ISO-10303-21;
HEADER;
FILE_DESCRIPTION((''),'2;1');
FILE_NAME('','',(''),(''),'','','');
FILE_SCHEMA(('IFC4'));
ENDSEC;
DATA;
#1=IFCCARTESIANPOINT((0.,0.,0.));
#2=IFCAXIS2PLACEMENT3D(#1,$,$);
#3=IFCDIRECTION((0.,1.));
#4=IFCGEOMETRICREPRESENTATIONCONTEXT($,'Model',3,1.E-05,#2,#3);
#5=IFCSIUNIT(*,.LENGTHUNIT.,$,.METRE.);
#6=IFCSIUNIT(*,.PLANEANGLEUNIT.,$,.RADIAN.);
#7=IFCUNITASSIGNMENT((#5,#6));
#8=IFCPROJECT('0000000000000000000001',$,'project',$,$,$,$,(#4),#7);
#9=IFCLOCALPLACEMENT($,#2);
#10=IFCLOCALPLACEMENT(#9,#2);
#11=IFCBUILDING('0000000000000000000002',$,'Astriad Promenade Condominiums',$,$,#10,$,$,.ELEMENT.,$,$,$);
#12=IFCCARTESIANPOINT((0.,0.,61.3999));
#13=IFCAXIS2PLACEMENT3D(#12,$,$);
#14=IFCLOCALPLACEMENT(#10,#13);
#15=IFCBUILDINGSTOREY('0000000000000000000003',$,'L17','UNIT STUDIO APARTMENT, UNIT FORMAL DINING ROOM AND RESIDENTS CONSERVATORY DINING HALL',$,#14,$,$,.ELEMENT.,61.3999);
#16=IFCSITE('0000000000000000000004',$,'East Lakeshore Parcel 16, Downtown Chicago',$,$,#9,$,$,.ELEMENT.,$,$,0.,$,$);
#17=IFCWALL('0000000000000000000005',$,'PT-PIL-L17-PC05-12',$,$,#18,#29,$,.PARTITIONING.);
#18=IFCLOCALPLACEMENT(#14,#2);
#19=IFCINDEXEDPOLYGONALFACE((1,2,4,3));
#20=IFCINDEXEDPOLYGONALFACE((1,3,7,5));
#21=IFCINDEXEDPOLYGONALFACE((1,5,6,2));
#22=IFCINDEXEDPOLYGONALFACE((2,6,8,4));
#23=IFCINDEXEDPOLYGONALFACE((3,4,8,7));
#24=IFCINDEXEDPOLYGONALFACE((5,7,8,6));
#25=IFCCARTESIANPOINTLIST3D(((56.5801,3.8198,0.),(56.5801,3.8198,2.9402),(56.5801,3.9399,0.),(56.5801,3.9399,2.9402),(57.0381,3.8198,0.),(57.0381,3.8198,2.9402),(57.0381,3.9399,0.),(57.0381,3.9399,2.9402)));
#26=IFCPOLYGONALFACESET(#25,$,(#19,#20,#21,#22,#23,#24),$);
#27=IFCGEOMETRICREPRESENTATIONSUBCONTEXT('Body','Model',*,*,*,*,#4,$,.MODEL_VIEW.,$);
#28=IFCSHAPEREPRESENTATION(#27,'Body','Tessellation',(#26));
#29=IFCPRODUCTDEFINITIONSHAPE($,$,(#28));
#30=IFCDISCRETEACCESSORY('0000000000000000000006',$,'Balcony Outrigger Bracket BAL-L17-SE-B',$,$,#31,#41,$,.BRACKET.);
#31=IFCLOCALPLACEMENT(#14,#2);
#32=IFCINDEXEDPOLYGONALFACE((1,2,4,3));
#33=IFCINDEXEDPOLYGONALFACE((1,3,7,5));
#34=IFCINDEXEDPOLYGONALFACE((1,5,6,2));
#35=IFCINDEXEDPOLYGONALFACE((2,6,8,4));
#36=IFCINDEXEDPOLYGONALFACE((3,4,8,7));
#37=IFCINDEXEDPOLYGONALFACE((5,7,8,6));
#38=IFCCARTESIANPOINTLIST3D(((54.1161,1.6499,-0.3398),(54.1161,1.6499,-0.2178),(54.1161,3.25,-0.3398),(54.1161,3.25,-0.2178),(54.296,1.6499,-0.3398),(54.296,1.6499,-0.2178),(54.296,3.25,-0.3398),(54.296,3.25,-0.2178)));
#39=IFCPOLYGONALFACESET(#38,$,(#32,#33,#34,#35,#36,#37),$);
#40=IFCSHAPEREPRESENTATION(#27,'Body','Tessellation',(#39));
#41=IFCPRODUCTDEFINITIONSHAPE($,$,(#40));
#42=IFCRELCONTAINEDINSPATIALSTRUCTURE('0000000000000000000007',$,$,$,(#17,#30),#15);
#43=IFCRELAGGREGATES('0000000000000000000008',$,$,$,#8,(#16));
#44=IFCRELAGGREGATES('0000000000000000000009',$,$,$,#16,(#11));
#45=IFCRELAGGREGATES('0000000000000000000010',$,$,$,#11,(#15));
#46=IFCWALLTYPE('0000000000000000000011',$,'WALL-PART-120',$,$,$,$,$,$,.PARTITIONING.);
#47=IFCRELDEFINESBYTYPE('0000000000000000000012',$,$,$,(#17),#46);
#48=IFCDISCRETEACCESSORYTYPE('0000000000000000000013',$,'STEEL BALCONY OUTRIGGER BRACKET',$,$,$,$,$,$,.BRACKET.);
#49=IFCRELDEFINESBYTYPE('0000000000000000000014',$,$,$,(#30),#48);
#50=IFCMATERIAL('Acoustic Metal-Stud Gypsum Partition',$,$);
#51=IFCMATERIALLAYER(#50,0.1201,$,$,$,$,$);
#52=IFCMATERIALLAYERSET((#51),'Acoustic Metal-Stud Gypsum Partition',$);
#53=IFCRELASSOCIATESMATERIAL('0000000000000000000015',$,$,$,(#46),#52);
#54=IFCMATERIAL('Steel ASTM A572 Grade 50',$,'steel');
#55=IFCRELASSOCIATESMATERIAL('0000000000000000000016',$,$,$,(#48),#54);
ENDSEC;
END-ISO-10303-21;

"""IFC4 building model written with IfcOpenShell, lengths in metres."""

from ifc_helpers import new_model, si_unit, direction, frame, frame_2d, origin, origin_2d, place, context, subcontext, project, spatial, rectangle, extrude, source, transform, mapped, material, layer, layer_set, type_object, type_shapes, element, save


model = new_model("IFC4")

# Units and contexts
model_context = context("Model", 3, precision=1e-05, world=origin(), true_north=direction((0.0, 1.0)))
body_context = subcontext(model_context, "Body", "Model", "MODEL_VIEW")
ifc_project = project(units=[si_unit("LENGTHUNIT", "METRE"), si_unit("PLANEANGLEUNIT", "RADIAN")], contexts=[model_context])

# Site, building, storey
site_placement = place(None, origin())
site = spatial("IfcSite", under=ifc_project, at=site_placement, Name="East Lakeshore Parcel 16, Downtown Chicago", CompositionType="ELEMENT", RefElevation=0.0)
building_placement = place(site_placement, origin())
building = spatial("IfcBuilding", under=site, at=building_placement, Name="Astriad Promenade Condominiums", CompositionType="ELEMENT")
storey_placement = place(building_placement, frame((0.0, 0.0, 61.3999)))
storey = spatial("IfcBuildingStorey", under=building, at=storey_placement, Name="L17", Description="UNIT STUDIO APARTMENT, UNIT FORMAL DINING ROOM AND RESIDENTS CONSERVATORY DINING HALL", CompositionType="ELEMENT", Elevation=61.3999)

# Shared definitions
ifc_material_1 = material(Name="Acoustic Metal-Stud Gypsum Partition")
ifc_layer_1 = layer(ifc_material_1, 0.1201)
ifc_layer_set_1 = layer_set([ifc_layer_1], Name="Acoustic Metal-Stud Gypsum Partition")
wall_type_1 = type_object("IfcWallType", Name="WALL-PART-120", PredefinedType="PARTITIONING", material=ifc_layer_set_1)

# Wall
wall_1_placement = place(storey_placement, frame((56.5801, 3.8799, 0.0), z_axis=(0.0, 0.0, 1.0), x_axis=(1.0, 0.0, 0.0)))
element("IfcWall", 1, at=wall_1_placement, inside=storey, type_object=wall_type_1, Name="PT-PIL-L17-PC05-12", PredefinedType="PARTITIONING", context=body_context, shape_type="SweptSolid", body=[
    extrude(rectangle(XDim=0.458, YDim=0.1201, at=frame_2d((0.229, 0.0))), origin(), (0.0, 0.0, 1.0), 2.9402),
])

# Discrete accessory
ifc_material_2 = material(Name="Steel ASTM A572 Grade 50", Category="steel")
discrete_accessory_type = type_object("IfcDiscreteAccessoryType", Name="STEEL BALCONY OUTRIGGER BRACKET", PredefinedType="BRACKET", material=ifc_material_2)
shared_shape_1 = source(origin(), body_context, "Body", "SweptSolid", [
    extrude(rectangle(XDim=1.6001, YDim=0.1799, at=origin_2d()), origin(), (0.0, 0.0, 1.0), 0.1221),
])
type_shapes(discrete_accessory_type, [shared_shape_1])
discrete_accessory_placement = place(storey_placement, frame((54.2061, 2.45, -0.3398), z_axis=(0.0, 0.0, 1.0), x_axis=(0.0, -1.0, 0.0)))
element("IfcDiscreteAccessory", 2, at=discrete_accessory_placement, inside=storey, type_object=discrete_accessory_type, Name="Balcony Outrigger Bracket BAL-L17-SE-B", PredefinedType="BRACKET", context=body_context, shape_type="MappedRepresentation", body=[
    mapped(shared_shape_1, transform((0.0, 0.0, 0.0), scale=1.0)),
])

save(model, "model.ifc")
